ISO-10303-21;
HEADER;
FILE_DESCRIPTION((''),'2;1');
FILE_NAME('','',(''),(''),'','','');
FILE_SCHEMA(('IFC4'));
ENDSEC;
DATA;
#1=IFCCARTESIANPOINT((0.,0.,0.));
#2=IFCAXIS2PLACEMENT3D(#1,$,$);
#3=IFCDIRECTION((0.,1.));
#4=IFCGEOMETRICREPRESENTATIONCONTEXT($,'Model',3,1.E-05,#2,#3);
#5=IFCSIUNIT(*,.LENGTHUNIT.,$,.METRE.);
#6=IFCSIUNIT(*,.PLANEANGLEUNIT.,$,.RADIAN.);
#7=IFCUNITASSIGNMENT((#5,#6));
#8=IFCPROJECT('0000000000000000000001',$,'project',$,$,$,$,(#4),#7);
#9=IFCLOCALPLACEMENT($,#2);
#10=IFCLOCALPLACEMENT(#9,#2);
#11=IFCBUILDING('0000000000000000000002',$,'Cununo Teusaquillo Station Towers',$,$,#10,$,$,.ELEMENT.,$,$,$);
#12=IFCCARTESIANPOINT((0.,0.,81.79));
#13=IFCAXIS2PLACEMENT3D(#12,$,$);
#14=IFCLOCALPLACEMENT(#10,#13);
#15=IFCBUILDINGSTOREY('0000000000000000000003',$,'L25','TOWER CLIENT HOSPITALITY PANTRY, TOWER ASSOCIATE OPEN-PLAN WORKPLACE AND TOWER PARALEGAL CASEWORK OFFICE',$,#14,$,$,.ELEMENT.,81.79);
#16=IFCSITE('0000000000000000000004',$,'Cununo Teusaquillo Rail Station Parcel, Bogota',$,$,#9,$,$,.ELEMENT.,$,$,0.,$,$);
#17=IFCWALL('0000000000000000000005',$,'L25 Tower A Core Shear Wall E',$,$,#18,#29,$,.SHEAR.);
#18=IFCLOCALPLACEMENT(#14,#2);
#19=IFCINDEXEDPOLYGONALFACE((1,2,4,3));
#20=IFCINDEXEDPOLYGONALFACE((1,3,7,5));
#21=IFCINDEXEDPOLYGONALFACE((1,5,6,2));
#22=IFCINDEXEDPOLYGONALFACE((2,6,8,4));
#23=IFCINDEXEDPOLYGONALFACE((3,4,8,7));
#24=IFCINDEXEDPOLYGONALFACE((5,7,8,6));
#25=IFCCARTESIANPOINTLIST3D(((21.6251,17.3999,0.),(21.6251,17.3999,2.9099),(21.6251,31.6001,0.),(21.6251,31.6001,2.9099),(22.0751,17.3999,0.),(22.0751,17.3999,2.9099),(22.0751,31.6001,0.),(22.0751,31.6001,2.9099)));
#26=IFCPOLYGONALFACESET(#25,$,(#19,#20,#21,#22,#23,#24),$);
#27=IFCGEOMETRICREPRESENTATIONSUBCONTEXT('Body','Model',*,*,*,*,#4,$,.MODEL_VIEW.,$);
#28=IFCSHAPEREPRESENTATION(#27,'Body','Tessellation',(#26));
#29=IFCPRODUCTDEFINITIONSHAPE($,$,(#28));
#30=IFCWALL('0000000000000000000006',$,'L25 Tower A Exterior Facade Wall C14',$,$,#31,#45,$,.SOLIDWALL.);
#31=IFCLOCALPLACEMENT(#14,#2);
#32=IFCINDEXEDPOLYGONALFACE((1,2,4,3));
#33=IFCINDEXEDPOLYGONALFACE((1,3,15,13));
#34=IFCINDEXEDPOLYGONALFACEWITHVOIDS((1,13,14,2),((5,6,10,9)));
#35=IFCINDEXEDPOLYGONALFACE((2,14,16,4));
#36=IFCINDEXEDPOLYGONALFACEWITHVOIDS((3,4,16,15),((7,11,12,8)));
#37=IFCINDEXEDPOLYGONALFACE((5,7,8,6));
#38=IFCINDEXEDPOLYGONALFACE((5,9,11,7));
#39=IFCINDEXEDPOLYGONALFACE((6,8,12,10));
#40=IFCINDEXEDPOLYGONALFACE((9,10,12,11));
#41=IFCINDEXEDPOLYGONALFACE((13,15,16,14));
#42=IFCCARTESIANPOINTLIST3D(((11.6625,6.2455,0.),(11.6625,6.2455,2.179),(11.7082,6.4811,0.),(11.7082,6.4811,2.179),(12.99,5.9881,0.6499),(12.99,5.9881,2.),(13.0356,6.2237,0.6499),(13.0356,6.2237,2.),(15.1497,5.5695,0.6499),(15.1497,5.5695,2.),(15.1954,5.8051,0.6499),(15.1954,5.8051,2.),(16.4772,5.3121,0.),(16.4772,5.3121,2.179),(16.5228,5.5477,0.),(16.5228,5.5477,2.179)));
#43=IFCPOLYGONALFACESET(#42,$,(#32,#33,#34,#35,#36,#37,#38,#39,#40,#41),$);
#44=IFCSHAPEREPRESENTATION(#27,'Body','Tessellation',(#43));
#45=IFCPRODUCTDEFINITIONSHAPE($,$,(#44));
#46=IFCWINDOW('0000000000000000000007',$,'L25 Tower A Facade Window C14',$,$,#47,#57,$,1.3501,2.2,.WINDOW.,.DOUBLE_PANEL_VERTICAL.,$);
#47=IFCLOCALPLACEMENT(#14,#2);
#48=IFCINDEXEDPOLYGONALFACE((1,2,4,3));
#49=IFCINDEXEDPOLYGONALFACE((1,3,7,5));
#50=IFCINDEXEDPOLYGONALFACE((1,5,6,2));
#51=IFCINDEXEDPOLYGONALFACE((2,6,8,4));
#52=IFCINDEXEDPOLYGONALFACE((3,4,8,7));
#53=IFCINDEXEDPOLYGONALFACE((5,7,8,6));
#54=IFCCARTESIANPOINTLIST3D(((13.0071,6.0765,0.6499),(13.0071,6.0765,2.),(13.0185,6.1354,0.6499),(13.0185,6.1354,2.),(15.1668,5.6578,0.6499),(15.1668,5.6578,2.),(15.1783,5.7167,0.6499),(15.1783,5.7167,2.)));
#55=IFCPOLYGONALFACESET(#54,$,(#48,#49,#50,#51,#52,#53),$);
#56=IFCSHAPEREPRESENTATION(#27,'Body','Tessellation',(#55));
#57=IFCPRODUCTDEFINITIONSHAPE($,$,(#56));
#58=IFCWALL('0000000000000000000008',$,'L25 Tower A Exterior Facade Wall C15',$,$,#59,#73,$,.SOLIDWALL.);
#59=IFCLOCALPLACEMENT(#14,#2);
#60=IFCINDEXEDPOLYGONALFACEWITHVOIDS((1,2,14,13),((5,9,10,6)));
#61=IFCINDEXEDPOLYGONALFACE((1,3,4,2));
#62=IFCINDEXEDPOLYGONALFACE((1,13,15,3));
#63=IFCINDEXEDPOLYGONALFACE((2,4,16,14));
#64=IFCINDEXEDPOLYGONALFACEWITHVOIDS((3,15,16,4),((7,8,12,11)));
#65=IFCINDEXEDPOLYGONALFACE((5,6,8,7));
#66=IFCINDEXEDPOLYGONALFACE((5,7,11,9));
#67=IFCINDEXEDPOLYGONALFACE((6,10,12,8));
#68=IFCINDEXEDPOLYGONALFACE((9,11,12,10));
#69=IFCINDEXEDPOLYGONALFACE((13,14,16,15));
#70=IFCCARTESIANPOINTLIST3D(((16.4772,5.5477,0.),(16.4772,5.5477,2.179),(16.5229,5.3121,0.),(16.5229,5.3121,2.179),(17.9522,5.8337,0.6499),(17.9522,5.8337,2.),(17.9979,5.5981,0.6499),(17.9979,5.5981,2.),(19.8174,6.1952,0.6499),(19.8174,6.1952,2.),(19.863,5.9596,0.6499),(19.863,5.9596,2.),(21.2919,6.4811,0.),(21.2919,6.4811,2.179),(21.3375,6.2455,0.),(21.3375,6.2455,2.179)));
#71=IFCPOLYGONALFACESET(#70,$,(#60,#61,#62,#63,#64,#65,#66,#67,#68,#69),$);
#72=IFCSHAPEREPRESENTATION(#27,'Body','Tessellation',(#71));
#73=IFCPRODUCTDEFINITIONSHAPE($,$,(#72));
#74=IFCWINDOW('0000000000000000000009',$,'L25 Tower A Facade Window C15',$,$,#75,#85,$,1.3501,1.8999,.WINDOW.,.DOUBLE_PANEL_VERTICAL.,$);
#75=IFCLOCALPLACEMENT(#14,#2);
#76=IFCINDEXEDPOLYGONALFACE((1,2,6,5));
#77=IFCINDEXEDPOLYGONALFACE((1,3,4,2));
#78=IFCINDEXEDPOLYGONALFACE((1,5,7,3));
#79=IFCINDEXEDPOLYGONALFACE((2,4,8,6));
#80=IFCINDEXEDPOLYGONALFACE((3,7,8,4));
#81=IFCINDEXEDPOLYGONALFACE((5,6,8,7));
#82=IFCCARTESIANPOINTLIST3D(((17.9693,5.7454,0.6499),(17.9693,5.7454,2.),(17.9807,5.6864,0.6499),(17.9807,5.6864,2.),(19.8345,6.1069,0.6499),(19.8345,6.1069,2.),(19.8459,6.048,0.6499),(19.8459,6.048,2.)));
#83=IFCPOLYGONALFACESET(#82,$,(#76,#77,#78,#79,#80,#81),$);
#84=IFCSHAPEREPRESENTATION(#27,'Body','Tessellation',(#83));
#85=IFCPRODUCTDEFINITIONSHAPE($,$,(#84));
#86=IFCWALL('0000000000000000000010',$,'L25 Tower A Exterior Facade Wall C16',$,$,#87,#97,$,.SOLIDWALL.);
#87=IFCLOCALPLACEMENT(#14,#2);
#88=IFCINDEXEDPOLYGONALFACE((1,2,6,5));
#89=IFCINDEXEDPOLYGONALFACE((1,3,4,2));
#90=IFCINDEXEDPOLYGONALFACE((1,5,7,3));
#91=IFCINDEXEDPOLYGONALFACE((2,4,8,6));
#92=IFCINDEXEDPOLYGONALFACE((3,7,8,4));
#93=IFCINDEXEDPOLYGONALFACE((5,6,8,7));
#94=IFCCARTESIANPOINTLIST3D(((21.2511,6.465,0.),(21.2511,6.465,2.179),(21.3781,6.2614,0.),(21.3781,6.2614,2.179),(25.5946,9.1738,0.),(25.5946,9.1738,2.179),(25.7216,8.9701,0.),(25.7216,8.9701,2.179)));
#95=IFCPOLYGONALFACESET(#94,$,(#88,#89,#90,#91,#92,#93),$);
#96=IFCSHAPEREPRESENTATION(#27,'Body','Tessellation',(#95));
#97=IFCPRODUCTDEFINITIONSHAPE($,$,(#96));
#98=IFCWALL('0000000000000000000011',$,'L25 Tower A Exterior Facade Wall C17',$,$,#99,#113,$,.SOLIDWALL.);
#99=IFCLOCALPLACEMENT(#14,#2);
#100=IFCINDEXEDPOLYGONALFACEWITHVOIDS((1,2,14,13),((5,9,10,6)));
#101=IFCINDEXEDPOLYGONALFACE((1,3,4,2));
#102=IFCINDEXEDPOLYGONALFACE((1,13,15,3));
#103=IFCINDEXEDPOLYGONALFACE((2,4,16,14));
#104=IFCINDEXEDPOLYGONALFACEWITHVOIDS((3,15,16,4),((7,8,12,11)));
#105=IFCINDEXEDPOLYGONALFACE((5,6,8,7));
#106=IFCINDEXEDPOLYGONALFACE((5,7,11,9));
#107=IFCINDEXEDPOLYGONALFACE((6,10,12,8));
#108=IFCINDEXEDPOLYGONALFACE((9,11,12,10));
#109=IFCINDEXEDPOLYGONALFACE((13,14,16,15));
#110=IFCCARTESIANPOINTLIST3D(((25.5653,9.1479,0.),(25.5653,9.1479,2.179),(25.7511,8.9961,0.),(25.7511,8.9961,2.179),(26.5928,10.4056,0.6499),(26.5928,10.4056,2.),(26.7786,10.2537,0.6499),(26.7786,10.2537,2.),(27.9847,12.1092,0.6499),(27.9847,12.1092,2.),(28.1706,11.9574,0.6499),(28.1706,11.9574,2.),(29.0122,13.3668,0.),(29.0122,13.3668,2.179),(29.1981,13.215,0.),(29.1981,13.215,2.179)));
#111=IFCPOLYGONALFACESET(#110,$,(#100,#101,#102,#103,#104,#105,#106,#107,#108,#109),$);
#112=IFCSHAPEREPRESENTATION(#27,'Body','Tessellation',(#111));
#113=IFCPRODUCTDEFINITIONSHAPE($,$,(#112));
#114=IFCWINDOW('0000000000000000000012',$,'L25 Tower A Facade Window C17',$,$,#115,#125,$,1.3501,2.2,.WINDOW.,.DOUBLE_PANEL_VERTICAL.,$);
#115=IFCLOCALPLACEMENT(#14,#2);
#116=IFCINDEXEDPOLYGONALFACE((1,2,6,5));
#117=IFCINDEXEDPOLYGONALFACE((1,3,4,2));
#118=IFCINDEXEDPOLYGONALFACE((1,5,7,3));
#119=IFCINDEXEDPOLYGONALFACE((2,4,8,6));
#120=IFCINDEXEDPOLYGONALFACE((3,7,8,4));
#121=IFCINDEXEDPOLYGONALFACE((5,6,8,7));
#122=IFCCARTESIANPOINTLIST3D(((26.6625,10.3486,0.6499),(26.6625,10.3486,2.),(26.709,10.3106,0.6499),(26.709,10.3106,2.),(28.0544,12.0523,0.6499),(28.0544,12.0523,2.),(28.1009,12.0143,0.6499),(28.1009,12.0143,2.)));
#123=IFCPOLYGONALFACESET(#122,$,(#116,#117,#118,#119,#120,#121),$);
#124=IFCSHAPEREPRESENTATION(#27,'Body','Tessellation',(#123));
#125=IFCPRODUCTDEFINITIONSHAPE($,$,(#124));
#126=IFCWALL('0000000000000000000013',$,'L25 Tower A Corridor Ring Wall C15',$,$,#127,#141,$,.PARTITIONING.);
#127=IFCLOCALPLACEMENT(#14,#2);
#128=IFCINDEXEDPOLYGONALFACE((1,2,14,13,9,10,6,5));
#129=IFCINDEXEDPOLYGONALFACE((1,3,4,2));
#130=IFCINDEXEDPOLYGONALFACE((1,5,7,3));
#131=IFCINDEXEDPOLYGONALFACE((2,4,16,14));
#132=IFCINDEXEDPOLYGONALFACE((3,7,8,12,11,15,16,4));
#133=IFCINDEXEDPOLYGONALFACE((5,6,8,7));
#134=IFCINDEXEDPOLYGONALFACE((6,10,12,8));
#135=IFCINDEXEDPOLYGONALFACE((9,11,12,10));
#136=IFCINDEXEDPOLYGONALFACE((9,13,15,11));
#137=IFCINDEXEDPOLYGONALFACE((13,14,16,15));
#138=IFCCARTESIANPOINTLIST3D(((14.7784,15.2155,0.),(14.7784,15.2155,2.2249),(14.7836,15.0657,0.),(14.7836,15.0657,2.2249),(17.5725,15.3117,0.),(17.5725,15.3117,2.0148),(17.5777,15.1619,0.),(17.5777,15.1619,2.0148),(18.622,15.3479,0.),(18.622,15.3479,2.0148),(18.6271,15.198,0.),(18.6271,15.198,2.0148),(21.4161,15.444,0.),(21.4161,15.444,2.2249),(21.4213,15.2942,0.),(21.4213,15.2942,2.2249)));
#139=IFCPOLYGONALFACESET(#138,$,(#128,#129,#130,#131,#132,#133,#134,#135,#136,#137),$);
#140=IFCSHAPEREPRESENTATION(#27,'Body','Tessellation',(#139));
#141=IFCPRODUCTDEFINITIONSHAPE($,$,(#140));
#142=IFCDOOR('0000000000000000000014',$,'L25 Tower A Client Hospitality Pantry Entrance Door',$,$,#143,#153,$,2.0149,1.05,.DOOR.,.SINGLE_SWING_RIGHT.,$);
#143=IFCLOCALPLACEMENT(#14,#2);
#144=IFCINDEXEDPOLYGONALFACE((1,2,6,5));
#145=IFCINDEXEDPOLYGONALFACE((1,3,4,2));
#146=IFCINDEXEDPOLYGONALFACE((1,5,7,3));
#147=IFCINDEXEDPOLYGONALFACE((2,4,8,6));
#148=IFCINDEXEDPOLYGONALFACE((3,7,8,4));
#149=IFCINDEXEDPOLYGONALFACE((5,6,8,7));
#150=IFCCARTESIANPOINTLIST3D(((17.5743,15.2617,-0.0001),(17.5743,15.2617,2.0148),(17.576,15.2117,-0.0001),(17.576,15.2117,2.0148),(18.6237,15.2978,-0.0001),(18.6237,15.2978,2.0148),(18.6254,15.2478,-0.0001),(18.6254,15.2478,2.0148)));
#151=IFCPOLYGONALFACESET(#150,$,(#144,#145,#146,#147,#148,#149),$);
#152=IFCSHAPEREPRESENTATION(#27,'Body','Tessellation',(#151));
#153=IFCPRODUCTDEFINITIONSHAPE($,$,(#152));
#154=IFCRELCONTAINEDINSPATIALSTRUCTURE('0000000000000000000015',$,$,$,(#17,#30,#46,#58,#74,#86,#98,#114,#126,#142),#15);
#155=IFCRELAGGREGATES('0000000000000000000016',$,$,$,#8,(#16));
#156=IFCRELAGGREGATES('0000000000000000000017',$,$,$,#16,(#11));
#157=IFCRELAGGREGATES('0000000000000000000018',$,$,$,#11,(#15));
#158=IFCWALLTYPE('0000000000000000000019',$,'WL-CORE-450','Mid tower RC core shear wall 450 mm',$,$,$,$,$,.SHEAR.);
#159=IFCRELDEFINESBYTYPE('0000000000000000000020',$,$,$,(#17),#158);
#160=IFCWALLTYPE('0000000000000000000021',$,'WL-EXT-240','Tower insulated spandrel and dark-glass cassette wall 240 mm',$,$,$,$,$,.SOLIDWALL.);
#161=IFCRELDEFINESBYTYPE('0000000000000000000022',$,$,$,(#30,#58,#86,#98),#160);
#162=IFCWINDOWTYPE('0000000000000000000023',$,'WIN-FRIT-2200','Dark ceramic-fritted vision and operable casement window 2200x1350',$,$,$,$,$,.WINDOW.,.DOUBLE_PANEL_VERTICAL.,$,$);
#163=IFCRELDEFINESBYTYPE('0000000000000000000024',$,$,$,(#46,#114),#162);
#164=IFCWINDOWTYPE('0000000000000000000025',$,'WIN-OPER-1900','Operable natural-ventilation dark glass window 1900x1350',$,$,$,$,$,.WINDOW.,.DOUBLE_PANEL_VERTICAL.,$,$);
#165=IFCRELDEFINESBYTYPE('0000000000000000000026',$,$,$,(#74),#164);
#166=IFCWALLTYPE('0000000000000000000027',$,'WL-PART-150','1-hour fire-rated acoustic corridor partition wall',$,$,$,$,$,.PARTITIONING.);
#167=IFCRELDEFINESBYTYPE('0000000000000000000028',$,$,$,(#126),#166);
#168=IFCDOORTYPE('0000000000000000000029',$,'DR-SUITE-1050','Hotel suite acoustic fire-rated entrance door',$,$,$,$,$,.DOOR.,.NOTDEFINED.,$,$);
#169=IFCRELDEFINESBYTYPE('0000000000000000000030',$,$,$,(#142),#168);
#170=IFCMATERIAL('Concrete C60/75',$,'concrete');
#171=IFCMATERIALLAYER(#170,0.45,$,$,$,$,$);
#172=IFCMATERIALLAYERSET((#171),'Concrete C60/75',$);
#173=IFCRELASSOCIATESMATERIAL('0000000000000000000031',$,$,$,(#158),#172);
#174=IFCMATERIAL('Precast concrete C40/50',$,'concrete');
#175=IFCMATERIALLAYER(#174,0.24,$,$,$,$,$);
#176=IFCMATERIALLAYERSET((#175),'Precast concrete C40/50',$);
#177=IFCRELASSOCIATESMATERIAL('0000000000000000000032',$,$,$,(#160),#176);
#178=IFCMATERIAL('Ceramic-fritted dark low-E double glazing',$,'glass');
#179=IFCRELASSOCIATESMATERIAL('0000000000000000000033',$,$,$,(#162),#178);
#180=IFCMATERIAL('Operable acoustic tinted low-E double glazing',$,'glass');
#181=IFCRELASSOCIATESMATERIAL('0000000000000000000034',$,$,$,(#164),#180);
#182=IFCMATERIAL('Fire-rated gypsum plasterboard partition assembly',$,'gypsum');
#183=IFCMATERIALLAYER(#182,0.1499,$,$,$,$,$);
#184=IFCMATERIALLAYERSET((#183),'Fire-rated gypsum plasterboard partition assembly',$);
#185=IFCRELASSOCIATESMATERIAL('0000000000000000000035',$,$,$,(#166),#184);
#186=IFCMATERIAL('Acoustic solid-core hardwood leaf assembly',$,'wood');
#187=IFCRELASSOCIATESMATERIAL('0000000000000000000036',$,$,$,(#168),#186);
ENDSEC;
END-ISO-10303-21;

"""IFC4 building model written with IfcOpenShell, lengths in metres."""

from ifc_helpers import new_model, si_unit, direction, frame, frame_2d, origin, place, context, subcontext, project, spatial, rectangle, extrude, source, transform, mapped, material, layer, layer_set, type_object, element, fill, save


model = new_model("IFC4")

# Units and contexts
model_context = context("Model", 3, precision=1e-05, world=origin(), true_north=direction((0.0, 1.0)))
body_context = subcontext(model_context, "Body", "Model", "MODEL_VIEW")
ifc_project = project(units=[si_unit("LENGTHUNIT", "METRE"), si_unit("PLANEANGLEUNIT", "RADIAN")], contexts=[model_context])

# Site, building, storey
site_placement = place(None, origin())
site = spatial("IfcSite", under=ifc_project, at=site_placement, Name="Cununo Teusaquillo Rail Station Parcel, Bogota", CompositionType="ELEMENT", RefElevation=0.0)
building_placement = place(site_placement, origin())
building = spatial("IfcBuilding", under=site, at=building_placement, Name="Cununo Teusaquillo Station Towers", CompositionType="ELEMENT")
storey_placement = place(building_placement, frame((0.0, 0.0, 81.79)))
storey = spatial("IfcBuildingStorey", under=building, at=storey_placement, Name="L25", Description="TOWER CLIENT HOSPITALITY PANTRY, TOWER ASSOCIATE OPEN-PLAN WORKPLACE AND TOWER PARALEGAL CASEWORK OFFICE", CompositionType="ELEMENT", Elevation=81.79)

# Wall
ifc_material_1 = material(Name="Concrete C60/75", Category="concrete")
ifc_layer_1 = layer(ifc_material_1, 0.45)
ifc_layer_set_1 = layer_set([ifc_layer_1], Name="Concrete C60/75")
wall_type_1 = type_object("IfcWallType", Name="WL-CORE-450", Description="Mid tower RC core shear wall 450 mm", PredefinedType="SHEAR", material=ifc_layer_set_1)
wall_1_placement = place(storey_placement, frame((21.8501, 17.3999, 0.0), z_axis=(0.0, 0.0, 1.0), x_axis=(0.0, 1.0, 0.0)))
element("IfcWall", 1, at=wall_1_placement, inside=storey, type_object=wall_type_1, Name="L25 Tower A Core Shear Wall E", PredefinedType="SHEAR", context=body_context, shape_type="SweptSolid", body=[
    extrude(rectangle(XDim=14.2002, YDim=0.45, at=frame_2d((7.1001, 0.0))), origin(), (0.0, 0.0, 1.0), 2.9099),
])

# Walls, openings, windows
ifc_material_2 = material(Name="Precast concrete C40/50", Category="concrete")
ifc_layer_2 = layer(ifc_material_2, 0.24)
ifc_layer_set_2 = layer_set([ifc_layer_2], Name="Precast concrete C40/50")
wall_type_2 = type_object("IfcWallType", Name="WL-EXT-240", Description="Tower insulated spandrel and dark-glass cassette wall 240 mm", PredefinedType="SOLIDWALL", material=ifc_layer_set_2)
wall_2_placement = place(storey_placement, frame((16.5, 5.4299, 0.0), z_axis=(0.0, 0.0, 1.0), x_axis=(-0.981724, 0.190311, 0.0)))
wall_2 = element("IfcWall", 2, at=wall_2_placement, inside=storey, type_object=wall_type_2, Name="L25 Tower A Exterior Facade Wall C14", PredefinedType="SOLIDWALL", context=body_context, shape_type="SweptSolid", body=[
    extrude(rectangle(XDim=4.9043, YDim=0.24, at=frame_2d((2.4521, 0.0))), origin(), (0.0, 0.0, 1.0), 2.179),
])
shared_shape_1 = source(origin(), body_context, "Body", "SweptSolid", [
    extrude(rectangle(XDim=2.2, YDim=1.3501, at=frame_2d((1.1001, 0.675))), frame((0.0, 0.1299, 0.0), z_axis=(0.0, -1.0, 0.0), x_axis=(1.0, 0.0, 0.0)), (0.0, 0.0, 1.0), 0.26),
])
opening_1_placement = place(wall_2_placement, frame((1.3521, 0.0, 0.6499)))
opening_1 = element("IfcOpeningElement", 3, at=opening_1_placement, cuts=wall_2, PredefinedType="OPENING", context=body_context, shape_type="MappedRepresentation", body=[
    mapped(shared_shape_1, transform((0.0, 0.0, 0.0), x_axis=(1.0, 0.0, 0.0), y_axis=(0.0, 1.0, 0.0), z_axis=(0.0, 0.0, 1.0), scale=1.0)),
])
ifc_material_3 = material(Name="Ceramic-fritted dark low-E double glazing", Category="glass")
window_type_1 = type_object("IfcWindowType", Name="WIN-FRIT-2200", Description="Dark ceramic-fritted vision and operable casement window 2200x1350", PartitioningType="DOUBLE_PANEL_VERTICAL", PredefinedType="WINDOW", material=ifc_material_3)
shared_shape_2 = source(origin(), body_context, "Body", "SweptSolid", [
    extrude(rectangle(XDim=2.2, YDim=1.3501, at=frame_2d((1.1001, 0.675))), frame((0.0, 0.03, 0.0), z_axis=(0.0, -1.0, 0.0), x_axis=(1.0, 0.0, 0.0)), (0.0, 0.0, 1.0), 0.0601),
])
window_1_placement = place(opening_1_placement, origin())
window_1 = element("IfcWindow", 4, at=window_1_placement, inside=storey, type_object=window_type_1, Name="L25 Tower A Facade Window C14", OverallHeight=1.3501, OverallWidth=2.2, PartitioningType="DOUBLE_PANEL_VERTICAL", PredefinedType="WINDOW", context=body_context, shape_type="MappedRepresentation", body=[
    mapped(shared_shape_2, transform((0.0, 0.0, 0.0), x_axis=(1.0, 0.0, 0.0), y_axis=(0.0, 1.0, 0.0), z_axis=(0.0, 0.0, 1.0), scale=1.0)),
])
fill(opening_1, window_1)
wall_3_placement = place(storey_placement, frame((21.3147, 6.3633, 0.0), z_axis=(0.0, 0.0, 1.0), x_axis=(-0.981724, -0.190311, 0.0)))
wall_3 = element("IfcWall", 5, at=wall_3_placement, inside=storey, type_object=wall_type_2, Name="L25 Tower A Exterior Facade Wall C15", PredefinedType="SOLIDWALL", context=body_context, shape_type="SweptSolid", body=[
    extrude(rectangle(XDim=4.9043, YDim=0.24, at=frame_2d((2.4521, 0.0))), origin(), (0.0, 0.0, 1.0), 2.179),
])
shared_shape_3 = source(origin(), body_context, "Body", "SweptSolid", [
    extrude(rectangle(XDim=1.8999, YDim=1.3501, at=frame_2d((0.95, 0.675))), frame((0.0, 0.1299, 0.0), z_axis=(0.0, -1.0, 0.0), x_axis=(1.0, 0.0, 0.0)), (0.0, 0.0, 1.0), 0.26),
])
opening_2_placement = place(wall_3_placement, frame((1.502, 0.0, 0.6499)))
opening_2 = element("IfcOpeningElement", 6, at=opening_2_placement, cuts=wall_3, PredefinedType="OPENING", context=body_context, shape_type="MappedRepresentation", body=[
    mapped(shared_shape_3, transform((0.0, 0.0, 0.0), x_axis=(1.0, 0.0, 0.0), y_axis=(0.0, 1.0, 0.0), z_axis=(0.0, 0.0, 1.0), scale=1.0)),
])
ifc_material_4 = material(Name="Operable acoustic tinted low-E double glazing", Category="glass")
window_type_2 = type_object("IfcWindowType", Name="WIN-OPER-1900", Description="Operable natural-ventilation dark glass window 1900x1350", PartitioningType="DOUBLE_PANEL_VERTICAL", PredefinedType="WINDOW", material=ifc_material_4)
shared_shape_4 = source(origin(), body_context, "Body", "SweptSolid", [
    extrude(rectangle(XDim=1.8999, YDim=1.3501, at=frame_2d((0.95, 0.675))), frame((0.0, 0.03, 0.0), z_axis=(0.0, -1.0, 0.0), x_axis=(1.0, 0.0, 0.0)), (0.0, 0.0, 1.0), 0.0601),
])
window_2_placement = place(opening_2_placement, origin())
window_2 = element("IfcWindow", 7, at=window_2_placement, inside=storey, type_object=window_type_2, Name="L25 Tower A Facade Window C15", OverallHeight=1.3501, OverallWidth=1.8999, PartitioningType="DOUBLE_PANEL_VERTICAL", PredefinedType="WINDOW", context=body_context, shape_type="MappedRepresentation", body=[
    mapped(shared_shape_4, transform((0.0, 0.0, 0.0), x_axis=(1.0, 0.0, 0.0), y_axis=(0.0, 1.0, 0.0), z_axis=(0.0, 0.0, 1.0), scale=1.0)),
])
fill(opening_2, window_2)

# Wall
wall_4_placement = place(storey_placement, frame((25.6582, 9.072, 0.0), z_axis=(0.0, 0.0, 1.0), x_axis=(-0.84852, -0.529163, 0.0)))
element("IfcWall", 8, at=wall_4_placement, inside=storey, type_object=wall_type_2, Name="L25 Tower A Exterior Facade Wall C16", PredefinedType="SOLIDWALL", context=body_context, shape_type="SweptSolid", body=[
    extrude(rectangle(XDim=5.1189, YDim=0.24, at=frame_2d((2.5596, 0.0))), origin(), (0.0, 0.0, 1.0), 2.179),
])

# Wall, opening, window
wall_5_placement = place(storey_placement, frame((29.1052, 13.291, 0.0), z_axis=(0.0, 0.0, 1.0), x_axis=(-0.632701, -0.774396, 0.0)))
wall_5 = element("IfcWall", 9, at=wall_5_placement, inside=storey, type_object=wall_type_2, Name="L25 Tower A Exterior Facade Wall C17", PredefinedType="SOLIDWALL", context=body_context, shape_type="SweptSolid", body=[
    extrude(rectangle(XDim=5.448, YDim=0.24, at=frame_2d((2.7241, 0.0))), origin(), (0.0, 0.0, 1.0), 2.179),
])
opening_3_placement = place(wall_5_placement, frame((1.624, 0.0, 0.6499)))
opening_3 = element("IfcOpeningElement", 10, at=opening_3_placement, cuts=wall_5, PredefinedType="OPENING", context=body_context, shape_type="MappedRepresentation", body=[
    mapped(shared_shape_1, transform((0.0, 0.0, 0.0), x_axis=(1.0, 0.0, 0.0), y_axis=(0.0, 1.0, 0.0), z_axis=(0.0, 0.0, 1.0), scale=1.0)),
])
window_3_placement = place(opening_3_placement, origin())
window_3 = element("IfcWindow", 11, at=window_3_placement, inside=storey, type_object=window_type_1, Name="L25 Tower A Facade Window C17", OverallHeight=1.3501, OverallWidth=2.2, PartitioningType="DOUBLE_PANEL_VERTICAL", PredefinedType="WINDOW", context=body_context, shape_type="MappedRepresentation", body=[
    mapped(shared_shape_2, transform((0.0, 0.0, 0.0), x_axis=(1.0, 0.0, 0.0), y_axis=(0.0, 1.0, 0.0), z_axis=(0.0, 0.0, 1.0), scale=1.0)),
])
fill(opening_3, window_3)

# Wall, opening, door
ifc_material_5 = material(Name="Fire-rated gypsum plasterboard partition assembly", Category="gypsum")
ifc_layer_3 = layer(ifc_material_5, 0.1499)
ifc_layer_set_3 = layer_set([ifc_layer_3], Name="Fire-rated gypsum plasterboard partition assembly")
wall_type_3 = type_object("IfcWallType", Name="WL-PART-150", Description="1-hour fire-rated acoustic corridor partition wall", PredefinedType="PARTITIONING", material=ifc_layer_set_3)
wall_6_placement = place(storey_placement, frame((14.781, 15.1406, 0.0), z_axis=(0.0, 0.0, 1.0), x_axis=(0.999408, 0.034407, 0.0)))
wall_6 = element("IfcWall", 12, at=wall_6_placement, inside=storey, type_object=wall_type_3, Name="L25 Tower A Corridor Ring Wall C15", PredefinedType="PARTITIONING", context=body_context, shape_type="SweptSolid", body=[
    extrude(rectangle(XDim=6.6416, YDim=0.1499, at=frame_2d((3.3208, 0.0))), origin(), (0.0, 0.0, 1.0), 2.2249),
])
shared_shape_5 = source(origin(), body_context, "Body", "SweptSolid", [
    extrude(rectangle(XDim=1.05, YDim=2.0149, at=frame_2d((0.5249, 1.0073))), frame((0.0, 0.085, 0.0), z_axis=(0.0, -1.0, 0.0), x_axis=(1.0, 0.0, 0.0)), (0.0, 0.0, 1.0), 0.1699),
])
opening_4_placement = place(wall_6_placement, frame((2.7959, 0.0, 0.0)))
opening_4 = element("IfcOpeningElement", 13, at=opening_4_placement, cuts=wall_6, PredefinedType="OPENING", context=body_context, shape_type="MappedRepresentation", body=[
    mapped(shared_shape_5, transform((0.0, 0.0, 0.0), x_axis=(1.0, 0.0, 0.0), y_axis=(0.0, 1.0, 0.0), z_axis=(0.0, 0.0, 1.0), scale=1.0)),
])
ifc_material_6 = material(Name="Acoustic solid-core hardwood leaf assembly", Category="wood")
door_type = type_object("IfcDoorType", Name="DR-SUITE-1050", Description="Hotel suite acoustic fire-rated entrance door", OperationType="NOTDEFINED", PredefinedType="DOOR", material=ifc_material_6)
shared_shape_6 = source(origin(), body_context, "Body", "SweptSolid", [
    extrude(rectangle(XDim=1.05, YDim=2.0149, at=frame_2d((0.5249, 1.0073))), frame((0.0, 0.0249, 0.0), z_axis=(0.0, -1.0, 0.0), x_axis=(1.0, 0.0, 0.0)), (0.0, 0.0, 1.0), 0.05),
])
door_1_placement = place(opening_4_placement, origin())
door_1 = element("IfcDoor", 14, at=door_1_placement, inside=storey, type_object=door_type, Name="L25 Tower A Client Hospitality Pantry Entrance Door", OperationType="SINGLE_SWING_RIGHT", OverallHeight=2.0149, OverallWidth=1.05, PredefinedType="DOOR", context=body_context, shape_type="MappedRepresentation", body=[
    mapped(shared_shape_6, transform((0.0, 0.0, 0.0), x_axis=(1.0, 0.0, 0.0), y_axis=(0.0, 1.0, 0.0), z_axis=(0.0, 0.0, 1.0), scale=1.0)),
])
fill(opening_4, door_1)

save(model, "model.ifc")
